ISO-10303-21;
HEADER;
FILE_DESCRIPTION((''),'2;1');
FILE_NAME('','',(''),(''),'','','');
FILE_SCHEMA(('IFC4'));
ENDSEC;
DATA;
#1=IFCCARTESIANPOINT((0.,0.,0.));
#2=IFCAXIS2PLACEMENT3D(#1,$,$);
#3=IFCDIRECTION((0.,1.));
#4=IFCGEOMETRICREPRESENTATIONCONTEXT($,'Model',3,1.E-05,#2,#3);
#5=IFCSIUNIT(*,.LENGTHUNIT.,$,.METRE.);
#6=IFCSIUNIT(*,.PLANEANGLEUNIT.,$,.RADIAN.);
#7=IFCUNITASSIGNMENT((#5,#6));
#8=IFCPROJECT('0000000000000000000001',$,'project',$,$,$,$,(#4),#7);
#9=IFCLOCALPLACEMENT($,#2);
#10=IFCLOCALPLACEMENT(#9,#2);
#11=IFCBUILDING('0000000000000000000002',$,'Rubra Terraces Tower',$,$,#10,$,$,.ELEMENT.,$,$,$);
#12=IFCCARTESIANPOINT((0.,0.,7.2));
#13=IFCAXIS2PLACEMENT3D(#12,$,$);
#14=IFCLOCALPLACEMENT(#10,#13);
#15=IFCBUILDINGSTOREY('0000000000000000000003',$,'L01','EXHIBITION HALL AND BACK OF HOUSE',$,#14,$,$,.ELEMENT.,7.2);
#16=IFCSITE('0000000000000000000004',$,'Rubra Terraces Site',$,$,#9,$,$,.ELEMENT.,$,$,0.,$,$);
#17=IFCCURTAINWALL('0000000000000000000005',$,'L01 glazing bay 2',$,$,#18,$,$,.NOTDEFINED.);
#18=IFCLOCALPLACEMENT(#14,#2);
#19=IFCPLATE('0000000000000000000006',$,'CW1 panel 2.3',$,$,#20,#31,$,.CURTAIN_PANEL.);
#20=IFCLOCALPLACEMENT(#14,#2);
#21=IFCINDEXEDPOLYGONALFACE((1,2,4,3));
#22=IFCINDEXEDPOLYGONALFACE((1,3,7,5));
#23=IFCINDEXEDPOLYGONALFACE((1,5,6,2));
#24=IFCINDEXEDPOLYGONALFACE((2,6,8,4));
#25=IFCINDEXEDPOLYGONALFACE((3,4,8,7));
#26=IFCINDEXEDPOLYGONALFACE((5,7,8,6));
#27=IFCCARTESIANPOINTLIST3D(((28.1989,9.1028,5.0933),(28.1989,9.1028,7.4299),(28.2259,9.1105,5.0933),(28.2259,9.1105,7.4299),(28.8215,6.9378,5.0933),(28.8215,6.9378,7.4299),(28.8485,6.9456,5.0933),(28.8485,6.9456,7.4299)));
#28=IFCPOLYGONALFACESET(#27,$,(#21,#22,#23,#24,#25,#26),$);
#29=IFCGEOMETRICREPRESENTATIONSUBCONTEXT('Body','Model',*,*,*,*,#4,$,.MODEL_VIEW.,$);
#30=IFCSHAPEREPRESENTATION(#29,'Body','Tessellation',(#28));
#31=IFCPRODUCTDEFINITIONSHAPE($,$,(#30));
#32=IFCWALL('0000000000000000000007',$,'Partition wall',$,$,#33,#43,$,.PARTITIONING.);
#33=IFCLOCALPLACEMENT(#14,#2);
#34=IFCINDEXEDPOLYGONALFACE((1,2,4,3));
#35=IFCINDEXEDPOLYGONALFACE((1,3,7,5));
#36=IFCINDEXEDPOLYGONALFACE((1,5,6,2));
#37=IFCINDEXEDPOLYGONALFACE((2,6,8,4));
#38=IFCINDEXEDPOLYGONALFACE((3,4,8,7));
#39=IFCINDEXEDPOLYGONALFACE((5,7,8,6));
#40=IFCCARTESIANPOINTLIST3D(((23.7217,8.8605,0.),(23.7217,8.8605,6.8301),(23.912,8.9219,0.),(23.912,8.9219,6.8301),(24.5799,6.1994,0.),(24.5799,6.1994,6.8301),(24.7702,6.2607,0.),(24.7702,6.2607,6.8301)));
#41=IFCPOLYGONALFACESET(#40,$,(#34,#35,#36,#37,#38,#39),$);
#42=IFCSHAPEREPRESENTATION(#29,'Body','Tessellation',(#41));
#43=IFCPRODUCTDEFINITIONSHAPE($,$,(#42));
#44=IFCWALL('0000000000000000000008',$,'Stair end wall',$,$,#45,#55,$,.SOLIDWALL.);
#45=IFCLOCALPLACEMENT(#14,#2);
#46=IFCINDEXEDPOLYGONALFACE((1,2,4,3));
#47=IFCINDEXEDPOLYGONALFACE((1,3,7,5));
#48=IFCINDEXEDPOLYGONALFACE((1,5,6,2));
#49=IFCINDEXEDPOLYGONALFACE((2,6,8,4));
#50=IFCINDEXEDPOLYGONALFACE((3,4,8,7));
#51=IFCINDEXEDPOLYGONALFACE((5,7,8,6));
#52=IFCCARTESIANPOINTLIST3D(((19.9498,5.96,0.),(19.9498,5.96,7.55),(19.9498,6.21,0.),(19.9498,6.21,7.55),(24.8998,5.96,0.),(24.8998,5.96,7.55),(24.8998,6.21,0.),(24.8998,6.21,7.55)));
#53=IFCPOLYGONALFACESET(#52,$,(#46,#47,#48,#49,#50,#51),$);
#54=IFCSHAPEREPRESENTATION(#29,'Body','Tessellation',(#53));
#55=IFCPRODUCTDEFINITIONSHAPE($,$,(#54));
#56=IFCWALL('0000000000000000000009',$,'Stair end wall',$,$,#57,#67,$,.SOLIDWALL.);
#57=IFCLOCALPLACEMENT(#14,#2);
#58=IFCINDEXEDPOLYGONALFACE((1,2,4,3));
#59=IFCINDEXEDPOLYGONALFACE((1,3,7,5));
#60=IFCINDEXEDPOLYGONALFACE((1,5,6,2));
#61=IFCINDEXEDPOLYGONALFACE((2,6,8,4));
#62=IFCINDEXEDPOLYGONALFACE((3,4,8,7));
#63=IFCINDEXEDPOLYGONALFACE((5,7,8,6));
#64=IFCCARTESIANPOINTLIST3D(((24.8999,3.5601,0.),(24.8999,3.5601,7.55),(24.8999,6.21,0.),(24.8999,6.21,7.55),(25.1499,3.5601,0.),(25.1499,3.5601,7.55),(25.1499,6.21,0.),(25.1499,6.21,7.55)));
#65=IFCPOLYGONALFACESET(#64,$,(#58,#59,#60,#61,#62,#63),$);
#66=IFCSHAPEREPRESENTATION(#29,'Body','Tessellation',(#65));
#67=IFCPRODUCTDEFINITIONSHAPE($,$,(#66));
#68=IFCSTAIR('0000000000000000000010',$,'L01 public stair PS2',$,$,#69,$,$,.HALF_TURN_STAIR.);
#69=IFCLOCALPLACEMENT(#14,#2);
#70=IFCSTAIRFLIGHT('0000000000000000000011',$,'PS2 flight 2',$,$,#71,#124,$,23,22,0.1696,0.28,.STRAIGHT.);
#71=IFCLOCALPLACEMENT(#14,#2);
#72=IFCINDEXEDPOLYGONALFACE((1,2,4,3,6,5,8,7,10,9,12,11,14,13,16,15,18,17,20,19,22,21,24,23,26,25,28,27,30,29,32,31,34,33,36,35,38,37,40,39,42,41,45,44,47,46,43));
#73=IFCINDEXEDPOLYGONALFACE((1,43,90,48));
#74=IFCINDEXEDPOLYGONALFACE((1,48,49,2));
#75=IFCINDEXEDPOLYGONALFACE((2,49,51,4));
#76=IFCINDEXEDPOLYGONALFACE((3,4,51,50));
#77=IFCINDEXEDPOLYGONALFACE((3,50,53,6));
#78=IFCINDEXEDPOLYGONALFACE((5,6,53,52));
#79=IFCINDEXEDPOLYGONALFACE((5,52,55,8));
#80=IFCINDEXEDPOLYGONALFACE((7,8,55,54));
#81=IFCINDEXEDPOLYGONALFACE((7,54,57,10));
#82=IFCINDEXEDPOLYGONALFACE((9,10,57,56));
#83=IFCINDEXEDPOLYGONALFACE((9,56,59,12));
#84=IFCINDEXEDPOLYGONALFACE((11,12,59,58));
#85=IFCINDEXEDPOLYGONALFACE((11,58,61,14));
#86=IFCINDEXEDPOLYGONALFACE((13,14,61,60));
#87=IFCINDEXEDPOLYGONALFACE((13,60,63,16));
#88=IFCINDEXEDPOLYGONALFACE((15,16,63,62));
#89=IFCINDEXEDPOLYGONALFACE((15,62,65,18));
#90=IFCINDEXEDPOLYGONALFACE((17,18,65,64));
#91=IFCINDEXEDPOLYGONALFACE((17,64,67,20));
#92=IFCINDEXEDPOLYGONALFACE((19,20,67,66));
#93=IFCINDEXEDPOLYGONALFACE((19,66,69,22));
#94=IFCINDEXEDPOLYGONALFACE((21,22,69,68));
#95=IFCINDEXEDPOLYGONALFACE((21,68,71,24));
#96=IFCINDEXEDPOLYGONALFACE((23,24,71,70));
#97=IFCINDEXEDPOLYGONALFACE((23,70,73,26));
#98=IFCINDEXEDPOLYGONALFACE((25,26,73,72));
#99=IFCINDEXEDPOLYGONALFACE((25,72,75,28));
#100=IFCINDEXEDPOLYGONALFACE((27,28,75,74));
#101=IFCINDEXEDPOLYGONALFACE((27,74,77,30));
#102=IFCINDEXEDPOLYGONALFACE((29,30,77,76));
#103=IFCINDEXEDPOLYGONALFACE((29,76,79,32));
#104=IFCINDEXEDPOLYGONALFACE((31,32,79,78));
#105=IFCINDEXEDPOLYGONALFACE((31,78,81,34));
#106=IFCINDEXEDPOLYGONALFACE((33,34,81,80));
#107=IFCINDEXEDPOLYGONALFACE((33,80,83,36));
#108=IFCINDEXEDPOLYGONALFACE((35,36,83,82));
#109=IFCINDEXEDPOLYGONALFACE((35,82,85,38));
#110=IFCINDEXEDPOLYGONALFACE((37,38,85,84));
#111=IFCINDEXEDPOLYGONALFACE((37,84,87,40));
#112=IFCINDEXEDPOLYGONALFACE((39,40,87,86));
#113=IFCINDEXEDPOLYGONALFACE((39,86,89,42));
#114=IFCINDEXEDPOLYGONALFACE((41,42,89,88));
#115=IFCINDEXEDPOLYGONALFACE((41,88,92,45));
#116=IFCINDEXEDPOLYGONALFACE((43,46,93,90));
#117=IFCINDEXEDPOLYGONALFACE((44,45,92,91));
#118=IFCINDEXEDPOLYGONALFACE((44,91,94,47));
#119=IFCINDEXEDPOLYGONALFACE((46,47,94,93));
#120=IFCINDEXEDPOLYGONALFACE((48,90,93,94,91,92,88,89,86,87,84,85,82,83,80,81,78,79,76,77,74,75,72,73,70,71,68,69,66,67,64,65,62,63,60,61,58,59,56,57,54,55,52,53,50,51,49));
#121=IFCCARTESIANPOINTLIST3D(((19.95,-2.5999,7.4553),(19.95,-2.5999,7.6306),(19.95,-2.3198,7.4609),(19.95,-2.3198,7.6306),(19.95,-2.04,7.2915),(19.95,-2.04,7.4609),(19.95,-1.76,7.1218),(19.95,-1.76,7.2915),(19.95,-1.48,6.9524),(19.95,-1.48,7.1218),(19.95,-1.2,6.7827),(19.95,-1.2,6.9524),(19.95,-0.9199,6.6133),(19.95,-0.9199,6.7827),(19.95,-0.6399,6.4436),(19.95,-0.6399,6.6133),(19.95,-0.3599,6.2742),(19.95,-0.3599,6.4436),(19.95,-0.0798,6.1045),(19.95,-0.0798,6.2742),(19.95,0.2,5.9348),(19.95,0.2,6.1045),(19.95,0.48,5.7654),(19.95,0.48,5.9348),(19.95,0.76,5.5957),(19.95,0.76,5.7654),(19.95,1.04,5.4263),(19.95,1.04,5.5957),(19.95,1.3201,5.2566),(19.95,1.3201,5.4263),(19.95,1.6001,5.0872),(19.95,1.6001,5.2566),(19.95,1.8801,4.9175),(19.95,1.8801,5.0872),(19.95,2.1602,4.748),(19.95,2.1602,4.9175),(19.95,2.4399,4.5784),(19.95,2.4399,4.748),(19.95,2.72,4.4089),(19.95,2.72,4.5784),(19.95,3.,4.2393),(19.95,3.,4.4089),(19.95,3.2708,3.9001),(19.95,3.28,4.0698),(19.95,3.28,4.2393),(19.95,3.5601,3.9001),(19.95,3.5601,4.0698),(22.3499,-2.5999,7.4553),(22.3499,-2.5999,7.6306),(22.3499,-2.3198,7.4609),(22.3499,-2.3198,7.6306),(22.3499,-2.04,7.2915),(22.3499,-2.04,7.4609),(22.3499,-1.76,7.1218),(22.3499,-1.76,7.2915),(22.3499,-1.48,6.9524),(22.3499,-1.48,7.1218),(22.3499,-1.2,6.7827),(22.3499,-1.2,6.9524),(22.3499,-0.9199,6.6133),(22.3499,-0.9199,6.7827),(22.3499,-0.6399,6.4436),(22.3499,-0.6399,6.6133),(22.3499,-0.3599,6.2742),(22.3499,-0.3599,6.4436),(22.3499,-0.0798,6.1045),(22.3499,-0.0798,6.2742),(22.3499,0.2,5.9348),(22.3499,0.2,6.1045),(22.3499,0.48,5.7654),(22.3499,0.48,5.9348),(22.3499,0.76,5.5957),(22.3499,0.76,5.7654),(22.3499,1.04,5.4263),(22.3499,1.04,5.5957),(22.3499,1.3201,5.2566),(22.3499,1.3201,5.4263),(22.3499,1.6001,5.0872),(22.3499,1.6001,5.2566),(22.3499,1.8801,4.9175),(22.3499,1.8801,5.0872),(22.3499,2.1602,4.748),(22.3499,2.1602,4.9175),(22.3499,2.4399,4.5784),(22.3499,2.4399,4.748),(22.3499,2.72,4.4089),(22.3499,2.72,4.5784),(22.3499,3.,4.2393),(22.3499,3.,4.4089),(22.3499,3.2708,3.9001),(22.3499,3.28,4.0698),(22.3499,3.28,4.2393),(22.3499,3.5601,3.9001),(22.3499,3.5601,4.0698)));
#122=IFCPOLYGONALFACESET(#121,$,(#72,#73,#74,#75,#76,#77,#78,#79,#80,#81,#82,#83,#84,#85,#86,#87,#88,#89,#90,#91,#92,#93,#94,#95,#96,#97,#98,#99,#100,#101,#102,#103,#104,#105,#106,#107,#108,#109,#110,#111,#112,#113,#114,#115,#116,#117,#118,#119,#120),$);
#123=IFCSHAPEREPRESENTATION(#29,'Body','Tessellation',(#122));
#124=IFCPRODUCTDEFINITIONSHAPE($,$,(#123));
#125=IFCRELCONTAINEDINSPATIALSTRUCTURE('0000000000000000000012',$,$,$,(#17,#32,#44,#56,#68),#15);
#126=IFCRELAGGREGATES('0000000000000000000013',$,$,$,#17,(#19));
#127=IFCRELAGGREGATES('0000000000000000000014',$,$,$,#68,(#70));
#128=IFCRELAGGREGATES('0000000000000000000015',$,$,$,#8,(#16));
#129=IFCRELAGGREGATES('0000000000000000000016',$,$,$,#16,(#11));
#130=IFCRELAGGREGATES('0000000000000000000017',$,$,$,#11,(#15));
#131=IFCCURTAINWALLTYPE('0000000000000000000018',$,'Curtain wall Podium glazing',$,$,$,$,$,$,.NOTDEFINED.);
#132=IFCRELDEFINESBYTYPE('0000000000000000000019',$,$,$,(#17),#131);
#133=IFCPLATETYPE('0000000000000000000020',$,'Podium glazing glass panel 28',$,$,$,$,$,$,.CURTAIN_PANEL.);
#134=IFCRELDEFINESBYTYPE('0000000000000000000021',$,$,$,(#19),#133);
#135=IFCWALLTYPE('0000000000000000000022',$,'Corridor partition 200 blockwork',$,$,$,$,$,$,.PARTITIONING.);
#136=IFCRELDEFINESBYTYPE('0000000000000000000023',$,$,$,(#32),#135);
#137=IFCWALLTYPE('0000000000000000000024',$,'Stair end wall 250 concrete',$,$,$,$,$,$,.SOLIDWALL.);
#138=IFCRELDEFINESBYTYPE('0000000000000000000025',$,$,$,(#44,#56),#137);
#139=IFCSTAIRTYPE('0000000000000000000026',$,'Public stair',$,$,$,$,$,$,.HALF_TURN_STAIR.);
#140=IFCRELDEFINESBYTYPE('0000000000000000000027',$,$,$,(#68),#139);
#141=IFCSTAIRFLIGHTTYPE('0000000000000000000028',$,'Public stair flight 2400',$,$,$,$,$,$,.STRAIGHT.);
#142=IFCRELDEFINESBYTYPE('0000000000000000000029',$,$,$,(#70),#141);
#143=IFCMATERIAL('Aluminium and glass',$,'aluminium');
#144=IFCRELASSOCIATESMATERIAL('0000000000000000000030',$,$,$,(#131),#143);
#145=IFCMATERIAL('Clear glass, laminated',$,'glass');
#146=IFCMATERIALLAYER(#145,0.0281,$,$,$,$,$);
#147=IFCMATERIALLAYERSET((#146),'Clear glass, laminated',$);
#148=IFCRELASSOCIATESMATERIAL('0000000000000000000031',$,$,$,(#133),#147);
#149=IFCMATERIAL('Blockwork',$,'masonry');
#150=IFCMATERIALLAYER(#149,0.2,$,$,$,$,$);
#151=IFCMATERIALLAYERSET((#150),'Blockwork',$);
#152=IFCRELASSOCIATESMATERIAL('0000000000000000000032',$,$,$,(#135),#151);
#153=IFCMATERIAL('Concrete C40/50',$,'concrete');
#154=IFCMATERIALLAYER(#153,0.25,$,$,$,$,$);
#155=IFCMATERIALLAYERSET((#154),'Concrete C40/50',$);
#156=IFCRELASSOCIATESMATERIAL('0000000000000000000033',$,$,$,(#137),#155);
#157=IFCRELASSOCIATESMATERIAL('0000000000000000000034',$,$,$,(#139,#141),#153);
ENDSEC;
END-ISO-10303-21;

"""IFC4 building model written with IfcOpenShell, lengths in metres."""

from ifc_helpers import new_model, si_unit, direction, frame, frame_2d, origin, origin_2d, place, context, subcontext, project, spatial, polyline, rectangle, outline, extrude, material, layer, layer_set, type_object, element, aggregate, save


model = new_model("IFC4")

# Units and contexts
model_context = context("Model", 3, precision=1e-05, world=origin(), true_north=direction((0.0, 1.0)))
body_context = subcontext(model_context, "Body", "Model", "MODEL_VIEW")
ifc_project = project(units=[si_unit("LENGTHUNIT", "METRE"), si_unit("PLANEANGLEUNIT", "RADIAN")], contexts=[model_context])

# Site, building, storey
site_placement = place(None, origin())
site = spatial("IfcSite", under=ifc_project, at=site_placement, Name="Rubra Terraces Site", CompositionType="ELEMENT", RefElevation=0.0)
building_placement = place(site_placement, origin())
building = spatial("IfcBuilding", under=site, at=building_placement, Name="Rubra Terraces Tower", CompositionType="ELEMENT")
storey_placement = place(building_placement, frame((0.0, 0.0, 7.2)))
storey = spatial("IfcBuildingStorey", under=building, at=storey_placement, Name="L01", Description="EXHIBITION HALL AND BACK OF HOUSE", CompositionType="ELEMENT", Elevation=7.2)

# Curtain wall
ifc_material_1 = material(Name="Aluminium and glass", Category="aluminium")
curtain_wall_type = type_object("IfcCurtainWallType", Name="Curtain wall Podium glazing", PredefinedType="NOTDEFINED", material=ifc_material_1)
curtain_wall_placement = place(storey_placement, origin())
curtain_wall = element("IfcCurtainWall", 1, at=curtain_wall_placement, inside=storey, type_object=curtain_wall_type, Name="L01 glazing bay 2", PredefinedType="NOTDEFINED")

# Plate
ifc_material_2 = material(Name="Clear glass, laminated", Category="glass")
ifc_layer_1 = layer(ifc_material_2, 0.0281)
ifc_layer_set_1 = layer_set([ifc_layer_1], Name="Clear glass, laminated")
plate_type = type_object("IfcPlateType", Name="Podium glazing glass panel 28", PredefinedType="CURTAIN_PANEL", material=ifc_layer_set_1)
plate_1_placement = place(storey_placement, frame((28.5237, 8.0242, 5.0933), z_axis=(0.0, 0.0, 1.0), x_axis=(-0.276384, 0.961047, 0.0)))
plate_1 = element("IfcPlate", 2, at=plate_1_placement, type_object=plate_type, Name="CW1 panel 2.3", PredefinedType="CURTAIN_PANEL", context=body_context, shape_type="SweptSolid", body=[
    extrude(rectangle(XDim=2.2527, YDim=0.0281, at=origin_2d()), origin(), (0.0, 0.0, 1.0), 2.3367),
])
aggregate(curtain_wall, [plate_1])

# Walls
ifc_material_3 = material(Name="Blockwork", Category="masonry")
ifc_layer_2 = layer(ifc_material_3, 0.2)
ifc_layer_set_2 = layer_set([ifc_layer_2], Name="Blockwork")
wall_type_1 = type_object("IfcWallType", Name="Corridor partition 200 blockwork", PredefinedType="PARTITIONING", material=ifc_layer_set_2)
wall_1_placement = place(storey_placement, frame((23.8169, 8.8911, 0.0), z_axis=(0.0, 0.0, 1.0), x_axis=(0.306913, -0.951737, 0.0)))
element("IfcWall", 3, at=wall_1_placement, inside=storey, type_object=wall_type_1, Name="Partition wall", PredefinedType="PARTITIONING", context=body_context, shape_type="SweptSolid", body=[
    extrude(rectangle(XDim=2.7961, YDim=0.2, at=frame_2d((1.3979, 0.0))), origin(), (0.0, 0.0, 1.0), 6.8301),
])
ifc_material_4 = material(Name="Concrete C40/50", Category="concrete")
ifc_layer_3 = layer(ifc_material_4, 0.25)
ifc_layer_set_3 = layer_set([ifc_layer_3], Name="Concrete C40/50")
wall_type_2 = type_object("IfcWallType", Name="Stair end wall 250 concrete", PredefinedType="SOLIDWALL", material=ifc_layer_set_3)
wall_2_placement = place(storey_placement, frame((24.8999, 6.085, 0.0), z_axis=(0.0, 0.0, 1.0), x_axis=(-1.0, 0.0, 0.0)))
element("IfcWall", 4, at=wall_2_placement, inside=storey, type_object=wall_type_2, Name="Stair end wall", PredefinedType="SOLIDWALL", context=body_context, shape_type="SweptSolid", body=[
    extrude(rectangle(XDim=4.95, YDim=0.25, at=frame_2d((2.4751, 0.0))), origin(), (0.0, 0.0, 1.0), 7.55),
])
wall_3_placement = place(storey_placement, frame((25.0249, 3.5601, 0.0), z_axis=(0.0, 0.0, 1.0), x_axis=(0.0, 1.0, 0.0)))
element("IfcWall", 5, at=wall_3_placement, inside=storey, type_object=wall_type_2, Name="Stair end wall", PredefinedType="SOLIDWALL", context=body_context, shape_type="SweptSolid", body=[
    extrude(rectangle(XDim=2.6499, YDim=0.25, at=frame_2d((1.325, 0.0))), origin(), (0.0, 0.0, 1.0), 7.55),
])

# Stair, stair flight
stair_type = type_object("IfcStairType", Name="Public stair", PredefinedType="HALF_TURN_STAIR", material=ifc_material_4)
stair_placement = place(storey_placement, origin())
stair = element("IfcStair", 6, at=stair_placement, inside=storey, type_object=stair_type, Name="L01 public stair PS2", PredefinedType="HALF_TURN_STAIR")
stair_flight_type = type_object("IfcStairFlightType", Name="Public stair flight 2400", PredefinedType="STRAIGHT", material=ifc_material_4)
stair_flight_placement = place(storey_placement, frame((21.1499, 3.5601, 3.9001), z_axis=(0.0, 0.0, 1.0), x_axis=(0.0, -1.0, 0.0)))
stair_flight = element("IfcStairFlight", 7, at=stair_flight_placement, type_object=stair_flight_type, Name="PS2 flight 2", NumberOfRisers=23, NumberOfTreads=22, PredefinedType="STRAIGHT", RiserHeight=0.1696, TreadLength=0.28, context=body_context, shape_type="SweptSolid", body=[
    extrude(outline(polyline([(0.0, 0.0), (0.0, 0.1697), (0.28, 0.1697), (0.28, 0.3391), (0.5601, 0.3391), (0.5601, 0.5088), (0.8401, 0.5088), (0.8401, 0.6782), (1.1201, 0.6782), (1.1201, 0.8479), (1.3999, 0.8479), (1.3999, 1.0173), (1.6799, 1.0173), (1.6799, 1.187), (1.96, 1.187), (1.96, 1.3564), (2.24, 1.3564), (2.24, 1.5261), (2.52, 1.5261), (2.52, 1.6956), (2.8, 1.6956), (2.8, 1.8652), (3.0801, 1.8652), (3.0801, 2.0347), (3.3601, 2.0347), (3.3601, 2.2043), (3.6399, 2.2043), (3.6399, 2.374), (3.9199, 2.374), (3.9199, 2.5435), (4.2, 2.5435), (4.2, 2.7131), (4.48, 2.7131), (4.48, 2.8826), (4.76, 2.8826), (4.76, 3.0522), (5.04, 3.0522), (5.04, 3.2217), (5.3201, 3.2217), (5.3201, 3.3914), (5.6001, 3.3914), (5.6001, 3.5608), (5.8799, 3.5608), (5.8799, 3.7305), (6.1599, 3.7305), (6.1599, 3.8999), (6.1599, 3.5552), (0.2893, 0.0), (0.0, 0.0)])), frame((0.0, 1.2, 0.0), z_axis=(0.0, -1.0, 0.0), x_axis=(1.0, 0.0, 0.0)), (0.0, 0.0, 1.0), 2.3999),
])
aggregate(stair, [stair_flight])

save(model, "model.ifc")
